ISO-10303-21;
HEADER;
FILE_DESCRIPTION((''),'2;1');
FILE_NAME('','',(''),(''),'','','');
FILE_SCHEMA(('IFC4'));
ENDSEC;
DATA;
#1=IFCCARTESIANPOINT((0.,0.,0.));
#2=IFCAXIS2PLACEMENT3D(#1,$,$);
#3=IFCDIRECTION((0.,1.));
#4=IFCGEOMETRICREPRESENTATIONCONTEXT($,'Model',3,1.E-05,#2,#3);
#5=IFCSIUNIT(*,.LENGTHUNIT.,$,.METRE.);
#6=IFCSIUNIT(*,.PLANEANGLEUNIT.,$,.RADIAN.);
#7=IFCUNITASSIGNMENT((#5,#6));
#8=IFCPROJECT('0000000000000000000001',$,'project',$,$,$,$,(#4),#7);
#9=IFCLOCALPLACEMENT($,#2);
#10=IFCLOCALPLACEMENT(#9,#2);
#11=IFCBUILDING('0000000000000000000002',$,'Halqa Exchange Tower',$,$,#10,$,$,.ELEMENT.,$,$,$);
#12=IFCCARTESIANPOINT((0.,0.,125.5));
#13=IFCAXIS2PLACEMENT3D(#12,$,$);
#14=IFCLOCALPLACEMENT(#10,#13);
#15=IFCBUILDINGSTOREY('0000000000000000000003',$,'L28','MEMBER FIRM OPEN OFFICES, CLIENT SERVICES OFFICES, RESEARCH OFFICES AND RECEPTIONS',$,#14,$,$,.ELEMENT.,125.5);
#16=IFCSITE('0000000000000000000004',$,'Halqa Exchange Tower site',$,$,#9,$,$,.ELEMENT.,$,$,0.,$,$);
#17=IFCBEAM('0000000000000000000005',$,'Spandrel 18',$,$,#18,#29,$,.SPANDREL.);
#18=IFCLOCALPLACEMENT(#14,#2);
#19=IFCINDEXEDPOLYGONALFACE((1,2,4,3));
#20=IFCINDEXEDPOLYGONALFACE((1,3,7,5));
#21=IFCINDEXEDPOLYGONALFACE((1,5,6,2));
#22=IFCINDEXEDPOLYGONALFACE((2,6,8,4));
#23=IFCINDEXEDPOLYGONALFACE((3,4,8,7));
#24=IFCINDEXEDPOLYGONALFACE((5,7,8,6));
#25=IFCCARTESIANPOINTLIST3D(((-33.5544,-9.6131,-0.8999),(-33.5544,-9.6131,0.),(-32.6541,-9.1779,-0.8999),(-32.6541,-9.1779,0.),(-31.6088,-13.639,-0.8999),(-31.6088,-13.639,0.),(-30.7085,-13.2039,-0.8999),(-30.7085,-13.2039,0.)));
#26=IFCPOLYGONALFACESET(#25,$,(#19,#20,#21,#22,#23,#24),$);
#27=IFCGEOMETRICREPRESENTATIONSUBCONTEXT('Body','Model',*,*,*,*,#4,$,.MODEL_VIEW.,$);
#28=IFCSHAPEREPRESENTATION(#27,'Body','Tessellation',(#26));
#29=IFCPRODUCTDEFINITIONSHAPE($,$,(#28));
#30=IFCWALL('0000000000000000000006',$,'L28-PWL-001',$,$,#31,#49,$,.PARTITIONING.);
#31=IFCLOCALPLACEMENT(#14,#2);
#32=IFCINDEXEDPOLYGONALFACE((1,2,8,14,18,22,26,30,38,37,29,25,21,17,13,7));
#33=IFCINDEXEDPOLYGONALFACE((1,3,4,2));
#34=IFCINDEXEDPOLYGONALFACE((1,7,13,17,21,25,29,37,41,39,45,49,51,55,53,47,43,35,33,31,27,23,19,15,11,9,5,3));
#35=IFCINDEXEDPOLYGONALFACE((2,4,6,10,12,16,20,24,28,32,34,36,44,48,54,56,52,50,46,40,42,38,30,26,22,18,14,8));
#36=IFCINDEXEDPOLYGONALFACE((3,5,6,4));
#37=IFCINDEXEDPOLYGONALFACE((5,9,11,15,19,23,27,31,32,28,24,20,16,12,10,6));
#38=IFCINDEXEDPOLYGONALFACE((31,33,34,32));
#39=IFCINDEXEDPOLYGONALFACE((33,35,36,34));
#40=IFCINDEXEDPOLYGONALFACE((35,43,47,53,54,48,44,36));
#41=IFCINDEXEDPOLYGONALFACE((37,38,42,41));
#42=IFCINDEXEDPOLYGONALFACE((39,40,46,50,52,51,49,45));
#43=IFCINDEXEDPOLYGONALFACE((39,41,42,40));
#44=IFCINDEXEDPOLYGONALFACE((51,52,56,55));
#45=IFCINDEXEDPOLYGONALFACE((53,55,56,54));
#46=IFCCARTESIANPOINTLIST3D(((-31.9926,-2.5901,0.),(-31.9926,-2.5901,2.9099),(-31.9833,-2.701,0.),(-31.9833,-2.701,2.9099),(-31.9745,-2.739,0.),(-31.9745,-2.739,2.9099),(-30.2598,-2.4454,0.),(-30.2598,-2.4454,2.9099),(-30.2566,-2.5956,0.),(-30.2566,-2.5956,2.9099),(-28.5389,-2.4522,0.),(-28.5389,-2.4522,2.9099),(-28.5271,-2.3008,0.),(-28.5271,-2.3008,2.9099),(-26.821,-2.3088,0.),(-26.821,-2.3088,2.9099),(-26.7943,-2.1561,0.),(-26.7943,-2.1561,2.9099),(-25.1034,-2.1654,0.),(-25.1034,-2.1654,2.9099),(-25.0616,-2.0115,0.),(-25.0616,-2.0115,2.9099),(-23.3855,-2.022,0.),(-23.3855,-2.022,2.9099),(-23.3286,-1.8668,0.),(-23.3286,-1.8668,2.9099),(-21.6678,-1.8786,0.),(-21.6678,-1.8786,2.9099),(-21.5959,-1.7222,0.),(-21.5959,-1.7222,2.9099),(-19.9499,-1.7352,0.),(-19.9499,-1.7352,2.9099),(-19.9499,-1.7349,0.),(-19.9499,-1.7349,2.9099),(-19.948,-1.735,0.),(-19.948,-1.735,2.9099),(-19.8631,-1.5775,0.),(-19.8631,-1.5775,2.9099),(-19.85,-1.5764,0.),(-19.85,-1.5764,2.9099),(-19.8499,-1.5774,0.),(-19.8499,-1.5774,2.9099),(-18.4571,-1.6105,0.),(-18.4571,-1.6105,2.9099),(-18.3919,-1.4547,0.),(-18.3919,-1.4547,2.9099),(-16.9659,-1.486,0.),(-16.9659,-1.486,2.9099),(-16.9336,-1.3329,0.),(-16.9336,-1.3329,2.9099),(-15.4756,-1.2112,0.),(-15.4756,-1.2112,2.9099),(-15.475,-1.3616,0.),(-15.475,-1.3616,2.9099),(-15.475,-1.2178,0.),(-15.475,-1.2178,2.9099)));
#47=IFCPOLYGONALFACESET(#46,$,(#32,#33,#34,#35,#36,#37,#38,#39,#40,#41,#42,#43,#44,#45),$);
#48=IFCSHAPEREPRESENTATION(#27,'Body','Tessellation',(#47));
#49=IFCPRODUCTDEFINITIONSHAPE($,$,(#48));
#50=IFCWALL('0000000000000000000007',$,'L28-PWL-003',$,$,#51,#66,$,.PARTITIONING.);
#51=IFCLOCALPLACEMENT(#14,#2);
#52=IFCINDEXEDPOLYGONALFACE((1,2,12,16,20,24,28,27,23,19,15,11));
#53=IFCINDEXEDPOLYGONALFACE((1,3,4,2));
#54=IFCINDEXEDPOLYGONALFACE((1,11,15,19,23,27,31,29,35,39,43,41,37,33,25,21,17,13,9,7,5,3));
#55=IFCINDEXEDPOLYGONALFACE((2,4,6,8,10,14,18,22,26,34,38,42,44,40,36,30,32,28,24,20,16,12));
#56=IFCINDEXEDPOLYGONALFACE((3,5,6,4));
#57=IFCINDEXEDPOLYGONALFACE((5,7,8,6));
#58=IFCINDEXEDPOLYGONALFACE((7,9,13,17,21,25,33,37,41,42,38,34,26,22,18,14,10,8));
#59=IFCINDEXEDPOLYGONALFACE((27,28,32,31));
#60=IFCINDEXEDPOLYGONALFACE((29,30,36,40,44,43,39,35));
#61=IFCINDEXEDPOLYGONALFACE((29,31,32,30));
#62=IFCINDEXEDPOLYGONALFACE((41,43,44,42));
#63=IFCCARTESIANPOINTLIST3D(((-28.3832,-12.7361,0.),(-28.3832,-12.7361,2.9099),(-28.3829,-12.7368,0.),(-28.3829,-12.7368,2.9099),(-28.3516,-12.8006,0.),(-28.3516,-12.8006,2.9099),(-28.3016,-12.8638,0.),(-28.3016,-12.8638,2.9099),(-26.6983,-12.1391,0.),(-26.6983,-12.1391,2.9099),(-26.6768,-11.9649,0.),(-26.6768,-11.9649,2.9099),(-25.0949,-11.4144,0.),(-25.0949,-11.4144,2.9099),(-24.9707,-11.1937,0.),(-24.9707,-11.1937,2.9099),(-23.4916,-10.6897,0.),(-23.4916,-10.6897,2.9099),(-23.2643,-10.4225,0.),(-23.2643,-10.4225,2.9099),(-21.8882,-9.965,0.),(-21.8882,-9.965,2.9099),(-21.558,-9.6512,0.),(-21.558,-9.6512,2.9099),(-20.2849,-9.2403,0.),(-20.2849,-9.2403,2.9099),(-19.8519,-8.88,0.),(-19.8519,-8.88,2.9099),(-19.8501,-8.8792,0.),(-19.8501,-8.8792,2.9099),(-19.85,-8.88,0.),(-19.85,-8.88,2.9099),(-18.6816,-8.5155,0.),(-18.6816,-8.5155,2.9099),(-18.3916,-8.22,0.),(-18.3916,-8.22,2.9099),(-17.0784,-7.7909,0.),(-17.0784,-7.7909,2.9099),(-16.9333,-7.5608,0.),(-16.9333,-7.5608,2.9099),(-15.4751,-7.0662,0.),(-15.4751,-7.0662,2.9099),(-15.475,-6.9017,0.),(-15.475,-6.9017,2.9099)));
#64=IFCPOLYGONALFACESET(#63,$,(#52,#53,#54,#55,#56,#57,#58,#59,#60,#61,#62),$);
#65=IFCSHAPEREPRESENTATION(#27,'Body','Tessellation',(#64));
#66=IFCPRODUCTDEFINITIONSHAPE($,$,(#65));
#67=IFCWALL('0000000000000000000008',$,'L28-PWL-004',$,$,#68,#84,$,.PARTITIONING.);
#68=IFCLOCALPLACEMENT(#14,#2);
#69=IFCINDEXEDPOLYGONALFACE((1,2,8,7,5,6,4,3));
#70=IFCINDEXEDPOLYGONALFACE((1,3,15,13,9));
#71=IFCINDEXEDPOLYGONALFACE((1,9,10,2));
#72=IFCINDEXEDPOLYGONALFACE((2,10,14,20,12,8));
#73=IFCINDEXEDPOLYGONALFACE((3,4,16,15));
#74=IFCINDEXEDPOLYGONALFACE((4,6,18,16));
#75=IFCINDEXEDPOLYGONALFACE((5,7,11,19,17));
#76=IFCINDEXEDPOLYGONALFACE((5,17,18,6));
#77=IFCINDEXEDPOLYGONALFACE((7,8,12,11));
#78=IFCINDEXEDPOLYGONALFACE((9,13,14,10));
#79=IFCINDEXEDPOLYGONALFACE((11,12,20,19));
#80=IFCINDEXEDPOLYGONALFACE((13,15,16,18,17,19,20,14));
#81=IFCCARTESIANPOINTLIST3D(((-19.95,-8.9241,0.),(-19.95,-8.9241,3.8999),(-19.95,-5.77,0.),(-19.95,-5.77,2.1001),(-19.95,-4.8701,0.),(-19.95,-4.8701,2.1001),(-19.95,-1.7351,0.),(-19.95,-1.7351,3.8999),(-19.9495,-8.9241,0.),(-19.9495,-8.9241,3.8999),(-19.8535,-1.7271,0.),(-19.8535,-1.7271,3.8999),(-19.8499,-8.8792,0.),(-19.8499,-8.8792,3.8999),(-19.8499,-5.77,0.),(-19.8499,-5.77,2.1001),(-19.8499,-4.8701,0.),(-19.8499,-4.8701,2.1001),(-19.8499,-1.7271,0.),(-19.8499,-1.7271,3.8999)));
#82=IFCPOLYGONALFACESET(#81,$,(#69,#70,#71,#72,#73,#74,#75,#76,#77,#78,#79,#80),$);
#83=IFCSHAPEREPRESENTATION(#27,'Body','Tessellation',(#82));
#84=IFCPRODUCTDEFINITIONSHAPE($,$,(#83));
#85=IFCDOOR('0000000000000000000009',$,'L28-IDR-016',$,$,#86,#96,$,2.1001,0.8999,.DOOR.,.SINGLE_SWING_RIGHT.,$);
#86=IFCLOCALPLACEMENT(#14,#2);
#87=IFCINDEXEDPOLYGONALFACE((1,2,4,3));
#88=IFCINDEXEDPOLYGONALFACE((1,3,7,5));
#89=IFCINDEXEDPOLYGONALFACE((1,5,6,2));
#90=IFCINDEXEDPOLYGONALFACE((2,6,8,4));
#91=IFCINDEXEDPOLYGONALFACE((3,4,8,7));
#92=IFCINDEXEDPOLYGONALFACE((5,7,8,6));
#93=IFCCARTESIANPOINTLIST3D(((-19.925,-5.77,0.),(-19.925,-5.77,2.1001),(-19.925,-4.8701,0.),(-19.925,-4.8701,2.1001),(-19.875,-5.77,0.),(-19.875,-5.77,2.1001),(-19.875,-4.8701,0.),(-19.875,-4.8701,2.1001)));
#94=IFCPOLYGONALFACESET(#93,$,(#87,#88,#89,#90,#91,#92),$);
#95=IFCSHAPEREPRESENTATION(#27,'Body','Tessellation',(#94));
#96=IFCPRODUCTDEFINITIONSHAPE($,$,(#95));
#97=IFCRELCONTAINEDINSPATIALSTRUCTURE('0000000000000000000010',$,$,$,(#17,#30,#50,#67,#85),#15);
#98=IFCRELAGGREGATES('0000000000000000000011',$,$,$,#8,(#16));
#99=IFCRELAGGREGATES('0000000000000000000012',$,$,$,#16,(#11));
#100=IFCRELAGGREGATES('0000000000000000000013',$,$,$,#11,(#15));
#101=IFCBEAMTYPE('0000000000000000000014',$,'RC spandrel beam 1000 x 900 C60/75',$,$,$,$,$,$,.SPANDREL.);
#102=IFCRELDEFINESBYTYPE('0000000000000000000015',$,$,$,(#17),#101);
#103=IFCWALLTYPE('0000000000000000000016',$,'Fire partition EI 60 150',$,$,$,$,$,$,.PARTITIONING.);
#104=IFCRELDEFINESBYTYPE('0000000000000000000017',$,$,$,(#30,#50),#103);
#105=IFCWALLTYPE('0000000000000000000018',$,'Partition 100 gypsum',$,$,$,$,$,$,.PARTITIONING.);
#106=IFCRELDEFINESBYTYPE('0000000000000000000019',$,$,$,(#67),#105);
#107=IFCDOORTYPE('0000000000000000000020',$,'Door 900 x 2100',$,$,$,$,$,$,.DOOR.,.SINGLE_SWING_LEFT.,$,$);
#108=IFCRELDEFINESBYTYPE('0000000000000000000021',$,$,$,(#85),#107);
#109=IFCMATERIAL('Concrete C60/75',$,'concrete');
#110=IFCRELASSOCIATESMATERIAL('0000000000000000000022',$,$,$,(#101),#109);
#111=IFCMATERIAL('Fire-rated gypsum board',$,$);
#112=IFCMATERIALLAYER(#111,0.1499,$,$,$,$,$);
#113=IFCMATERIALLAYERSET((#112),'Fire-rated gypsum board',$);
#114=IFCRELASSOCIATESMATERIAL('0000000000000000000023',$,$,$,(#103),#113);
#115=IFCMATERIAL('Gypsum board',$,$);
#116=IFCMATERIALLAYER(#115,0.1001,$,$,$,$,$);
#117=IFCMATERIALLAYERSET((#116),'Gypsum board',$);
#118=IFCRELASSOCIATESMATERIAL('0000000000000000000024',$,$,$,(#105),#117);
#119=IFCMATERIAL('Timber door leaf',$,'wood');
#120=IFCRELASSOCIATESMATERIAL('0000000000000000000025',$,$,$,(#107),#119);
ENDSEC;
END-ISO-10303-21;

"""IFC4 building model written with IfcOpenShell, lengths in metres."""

from ifc_helpers import new_model, si_unit, direction, frame, frame_2d, origin, origin_2d, place, context, subcontext, project, spatial, polyline, rectangle, outline, extrude, material, layer, layer_set, material_profile, profile_set, type_object, element, fill, save


model = new_model("IFC4")

# Units and contexts
model_context = context("Model", 3, precision=1e-05, world=origin(), true_north=direction((0.0, 1.0)))
body_context = subcontext(model_context, "Body", "Model", "MODEL_VIEW")
ifc_project = project(units=[si_unit("LENGTHUNIT", "METRE"), si_unit("PLANEANGLEUNIT", "RADIAN")], contexts=[model_context])

# Site, building, storey
site_placement = place(None, origin())
site = spatial("IfcSite", under=ifc_project, at=site_placement, Name="Halqa Exchange Tower site", CompositionType="ELEMENT", RefElevation=0.0)
building_placement = place(site_placement, origin())
building = spatial("IfcBuilding", under=site, at=building_placement, Name="Halqa Exchange Tower", CompositionType="ELEMENT")
storey_placement = place(building_placement, frame((0.0, 0.0, 125.5)))
storey = spatial("IfcBuildingStorey", under=building, at=storey_placement, Name="L28", Description="MEMBER FIRM OPEN OFFICES, CLIENT SERVICES OFFICES, RESEARCH OFFICES AND RECEPTIONS", CompositionType="ELEMENT", Elevation=125.5)

# Beam
ifc_material_1 = material(Name="Concrete C60/75", Category="concrete")
ifc_material_profile_1 = material_profile(ifc_material_1, rectangle(XDim=1.0, YDim=0.8999, at=origin_2d()), Name="1000 x 900")
ifc_profile_set_1 = profile_set([ifc_material_profile_1], Name="Concrete C60/75")
beam_type_1 = type_object("IfcBeamType", Name="RC spandrel beam 1000 x 900 C60/75", PredefinedType="SPANDREL", material=ifc_profile_set_1)
beam_1_placement = place(storey_placement, frame((-33.1042, -9.3955, -0.45), z_axis=(0.435117, -0.900374, 0.0), x_axis=(0.900374, 0.435117, 0.0)))
element("IfcBeam", 1, at=beam_1_placement, inside=storey, type_object=beam_type_1, Name="Spandrel 18", PredefinedType="SPANDREL", context=body_context, shape_type="SweptSolid", body=[
    extrude(rectangle(XDim=1.0, YDim=0.8999, at=origin_2d()), origin(), (0.0, 0.0, 1.0), 4.4714),
])

# Walls
ifc_material_2 = material(Name="Fire-rated gypsum board")
ifc_layer_1 = layer(ifc_material_2, 0.1499)
ifc_layer_set_1 = layer_set([ifc_layer_1], Name="Fire-rated gypsum board")
wall_type_1 = type_object("IfcWallType", Name="Fire partition EI 60 150", PredefinedType="PARTITIONING", material=ifc_layer_set_1)
wall_1_placement = place(storey_placement, frame((-31.9863, -2.6648, 0.0), z_axis=(0.0, 0.0, 1.0), x_axis=(0.996533, 0.083194, 0.0)))
element("IfcWall", 2, at=wall_1_placement, inside=storey, type_object=wall_type_1, Name="L28-PWL-001", PredefinedType="PARTITIONING", context=body_context, shape_type="SweptSolid", body=[
    extrude(outline(polyline([(0.0056, -0.075), (1.7295, -0.075), (3.4531, -0.075), (5.177, -0.075), (6.9006, -0.075), (8.6245, -0.075), (10.3481, -0.075), (12.072, -0.075), (12.072, -0.0747), (12.074, -0.075), (13.5701, -0.075), (15.0664, -0.075), (16.5625, -0.075), (16.5745, 0.0684), (16.5745, 0.075), (15.1113, 0.075), (13.6479, 0.075), (12.1848, 0.075), (12.1848, 0.074), (12.1716, 0.075), (10.4329, 0.075), (8.6941, 0.075), (6.9551, 0.075), (5.2163, 0.075), (3.4775, 0.075), (1.7388, 0.075), (0.0, 0.075), (0.0, -0.0364), (0.0056, -0.075)])), origin(), (0.0, 0.0, 1.0), 2.9099),
])
wall_2_placement = place(storey_placement, frame((-28.3523, -12.8044, 0.0), z_axis=(0.0, 0.0, 1.0), x_axis=(0.911239, 0.411878, 0.0)))
element("IfcWall", 3, at=wall_2_placement, inside=storey, type_object=wall_type_1, Name="L28-PWL-003", PredefinedType="PARTITIONING", context=body_context, shape_type="SweptSolid", body=[
    extrude(outline(polyline([(0.0217, -0.075), (1.7812, -0.075), (3.5408, -0.075), (5.3003, -0.075), (7.0598, -0.075), (8.8193, -0.075), (10.5789, -0.075), (12.3381, -0.075), (14.0977, -0.075), (14.1655, 0.075), (12.5652, 0.075), (10.9648, 0.075), (9.3643, 0.075), (9.364, 0.0742), (9.3623, 0.075), (7.49, 0.075), (5.6174, 0.075), (3.7449, 0.075), (1.8726, 0.075), (0.0, 0.075), (0.0, 0.0742), (0.0022, 0.0032), (0.0217, -0.075)])), origin(), (0.0, 0.0, 1.0), 2.9099),
])

# Wall, opening, door
ifc_material_3 = material(Name="Gypsum board")
ifc_layer_2 = layer(ifc_material_3, 0.1001)
ifc_layer_set_2 = layer_set([ifc_layer_2], Name="Gypsum board")
wall_type_2 = type_object("IfcWallType", Name="Partition 100 gypsum", PredefinedType="PARTITIONING", material=ifc_layer_set_2)
wall_3_placement = place(storey_placement, frame((-19.8999, -8.9241, 0.0), z_axis=(0.0, 0.0, 1.0), x_axis=(0.0, 1.0, 0.0)))
wall_3 = element("IfcWall", 4, at=wall_3_placement, inside=storey, type_object=wall_type_2, Name="L28-PWL-004", PredefinedType="PARTITIONING", context=body_context, shape_type="SweptSolid", body=[
    extrude(outline(polyline([(7.197, -0.05), (7.197, -0.0464), (7.189, 0.05), (5.3916, 0.05), (3.5945, 0.05), (1.7971, 0.05), (0.0, 0.05), (0.0, 0.0496), (0.0449, -0.05), (1.833, -0.05), (3.6211, -0.05), (5.4089, -0.05), (7.197, -0.05)])), origin(), (0.0, 0.0, 1.0), 3.8999),
])
opening_1_placement = place(wall_3_placement, frame((3.1541, 0.0, 0.0)))
opening_1 = element("IfcOpeningElement", 5, at=opening_1_placement, cuts=wall_3, PredefinedType="OPENING", context=body_context, shape_type="SweptSolid", body=[
    extrude(rectangle(XDim=0.8999, YDim=2.1001, at=frame_2d((0.45, 1.05))), frame((0.0, 0.062, 0.0), z_axis=(0.0, -1.0, 0.0), x_axis=(1.0, 0.0, 0.0)), (0.0, 0.0, 1.0), 0.124),
])
ifc_material_4 = material(Name="Timber door leaf", Category="wood")
door_type_1 = type_object("IfcDoorType", Name="Door 900 x 2100", OperationType="SINGLE_SWING_LEFT", PredefinedType="DOOR", material=ifc_material_4)
door_1_placement = place(opening_1_placement, frame((0.8999, 0.0, 0.0), z_axis=(0.0, 0.0, 1.0), x_axis=(-1.0, 0.0, 0.0)))
door_1 = element("IfcDoor", 6, at=door_1_placement, inside=storey, type_object=door_type_1, Name="L28-IDR-016", OperationType="SINGLE_SWING_RIGHT", OverallHeight=2.1001, OverallWidth=0.8999, PredefinedType="DOOR", context=body_context, shape_type="SweptSolid", body=[
    extrude(rectangle(XDim=0.8999, YDim=2.1001, at=frame_2d((0.45, 1.05))), frame((0.0, 0.0249, 0.0), z_axis=(0.0, -1.0, 0.0), x_axis=(1.0, 0.0, 0.0)), (0.0, 0.0, 1.0), 0.05),
])
fill(opening_1, door_1)

save(model, "model.ifc")
